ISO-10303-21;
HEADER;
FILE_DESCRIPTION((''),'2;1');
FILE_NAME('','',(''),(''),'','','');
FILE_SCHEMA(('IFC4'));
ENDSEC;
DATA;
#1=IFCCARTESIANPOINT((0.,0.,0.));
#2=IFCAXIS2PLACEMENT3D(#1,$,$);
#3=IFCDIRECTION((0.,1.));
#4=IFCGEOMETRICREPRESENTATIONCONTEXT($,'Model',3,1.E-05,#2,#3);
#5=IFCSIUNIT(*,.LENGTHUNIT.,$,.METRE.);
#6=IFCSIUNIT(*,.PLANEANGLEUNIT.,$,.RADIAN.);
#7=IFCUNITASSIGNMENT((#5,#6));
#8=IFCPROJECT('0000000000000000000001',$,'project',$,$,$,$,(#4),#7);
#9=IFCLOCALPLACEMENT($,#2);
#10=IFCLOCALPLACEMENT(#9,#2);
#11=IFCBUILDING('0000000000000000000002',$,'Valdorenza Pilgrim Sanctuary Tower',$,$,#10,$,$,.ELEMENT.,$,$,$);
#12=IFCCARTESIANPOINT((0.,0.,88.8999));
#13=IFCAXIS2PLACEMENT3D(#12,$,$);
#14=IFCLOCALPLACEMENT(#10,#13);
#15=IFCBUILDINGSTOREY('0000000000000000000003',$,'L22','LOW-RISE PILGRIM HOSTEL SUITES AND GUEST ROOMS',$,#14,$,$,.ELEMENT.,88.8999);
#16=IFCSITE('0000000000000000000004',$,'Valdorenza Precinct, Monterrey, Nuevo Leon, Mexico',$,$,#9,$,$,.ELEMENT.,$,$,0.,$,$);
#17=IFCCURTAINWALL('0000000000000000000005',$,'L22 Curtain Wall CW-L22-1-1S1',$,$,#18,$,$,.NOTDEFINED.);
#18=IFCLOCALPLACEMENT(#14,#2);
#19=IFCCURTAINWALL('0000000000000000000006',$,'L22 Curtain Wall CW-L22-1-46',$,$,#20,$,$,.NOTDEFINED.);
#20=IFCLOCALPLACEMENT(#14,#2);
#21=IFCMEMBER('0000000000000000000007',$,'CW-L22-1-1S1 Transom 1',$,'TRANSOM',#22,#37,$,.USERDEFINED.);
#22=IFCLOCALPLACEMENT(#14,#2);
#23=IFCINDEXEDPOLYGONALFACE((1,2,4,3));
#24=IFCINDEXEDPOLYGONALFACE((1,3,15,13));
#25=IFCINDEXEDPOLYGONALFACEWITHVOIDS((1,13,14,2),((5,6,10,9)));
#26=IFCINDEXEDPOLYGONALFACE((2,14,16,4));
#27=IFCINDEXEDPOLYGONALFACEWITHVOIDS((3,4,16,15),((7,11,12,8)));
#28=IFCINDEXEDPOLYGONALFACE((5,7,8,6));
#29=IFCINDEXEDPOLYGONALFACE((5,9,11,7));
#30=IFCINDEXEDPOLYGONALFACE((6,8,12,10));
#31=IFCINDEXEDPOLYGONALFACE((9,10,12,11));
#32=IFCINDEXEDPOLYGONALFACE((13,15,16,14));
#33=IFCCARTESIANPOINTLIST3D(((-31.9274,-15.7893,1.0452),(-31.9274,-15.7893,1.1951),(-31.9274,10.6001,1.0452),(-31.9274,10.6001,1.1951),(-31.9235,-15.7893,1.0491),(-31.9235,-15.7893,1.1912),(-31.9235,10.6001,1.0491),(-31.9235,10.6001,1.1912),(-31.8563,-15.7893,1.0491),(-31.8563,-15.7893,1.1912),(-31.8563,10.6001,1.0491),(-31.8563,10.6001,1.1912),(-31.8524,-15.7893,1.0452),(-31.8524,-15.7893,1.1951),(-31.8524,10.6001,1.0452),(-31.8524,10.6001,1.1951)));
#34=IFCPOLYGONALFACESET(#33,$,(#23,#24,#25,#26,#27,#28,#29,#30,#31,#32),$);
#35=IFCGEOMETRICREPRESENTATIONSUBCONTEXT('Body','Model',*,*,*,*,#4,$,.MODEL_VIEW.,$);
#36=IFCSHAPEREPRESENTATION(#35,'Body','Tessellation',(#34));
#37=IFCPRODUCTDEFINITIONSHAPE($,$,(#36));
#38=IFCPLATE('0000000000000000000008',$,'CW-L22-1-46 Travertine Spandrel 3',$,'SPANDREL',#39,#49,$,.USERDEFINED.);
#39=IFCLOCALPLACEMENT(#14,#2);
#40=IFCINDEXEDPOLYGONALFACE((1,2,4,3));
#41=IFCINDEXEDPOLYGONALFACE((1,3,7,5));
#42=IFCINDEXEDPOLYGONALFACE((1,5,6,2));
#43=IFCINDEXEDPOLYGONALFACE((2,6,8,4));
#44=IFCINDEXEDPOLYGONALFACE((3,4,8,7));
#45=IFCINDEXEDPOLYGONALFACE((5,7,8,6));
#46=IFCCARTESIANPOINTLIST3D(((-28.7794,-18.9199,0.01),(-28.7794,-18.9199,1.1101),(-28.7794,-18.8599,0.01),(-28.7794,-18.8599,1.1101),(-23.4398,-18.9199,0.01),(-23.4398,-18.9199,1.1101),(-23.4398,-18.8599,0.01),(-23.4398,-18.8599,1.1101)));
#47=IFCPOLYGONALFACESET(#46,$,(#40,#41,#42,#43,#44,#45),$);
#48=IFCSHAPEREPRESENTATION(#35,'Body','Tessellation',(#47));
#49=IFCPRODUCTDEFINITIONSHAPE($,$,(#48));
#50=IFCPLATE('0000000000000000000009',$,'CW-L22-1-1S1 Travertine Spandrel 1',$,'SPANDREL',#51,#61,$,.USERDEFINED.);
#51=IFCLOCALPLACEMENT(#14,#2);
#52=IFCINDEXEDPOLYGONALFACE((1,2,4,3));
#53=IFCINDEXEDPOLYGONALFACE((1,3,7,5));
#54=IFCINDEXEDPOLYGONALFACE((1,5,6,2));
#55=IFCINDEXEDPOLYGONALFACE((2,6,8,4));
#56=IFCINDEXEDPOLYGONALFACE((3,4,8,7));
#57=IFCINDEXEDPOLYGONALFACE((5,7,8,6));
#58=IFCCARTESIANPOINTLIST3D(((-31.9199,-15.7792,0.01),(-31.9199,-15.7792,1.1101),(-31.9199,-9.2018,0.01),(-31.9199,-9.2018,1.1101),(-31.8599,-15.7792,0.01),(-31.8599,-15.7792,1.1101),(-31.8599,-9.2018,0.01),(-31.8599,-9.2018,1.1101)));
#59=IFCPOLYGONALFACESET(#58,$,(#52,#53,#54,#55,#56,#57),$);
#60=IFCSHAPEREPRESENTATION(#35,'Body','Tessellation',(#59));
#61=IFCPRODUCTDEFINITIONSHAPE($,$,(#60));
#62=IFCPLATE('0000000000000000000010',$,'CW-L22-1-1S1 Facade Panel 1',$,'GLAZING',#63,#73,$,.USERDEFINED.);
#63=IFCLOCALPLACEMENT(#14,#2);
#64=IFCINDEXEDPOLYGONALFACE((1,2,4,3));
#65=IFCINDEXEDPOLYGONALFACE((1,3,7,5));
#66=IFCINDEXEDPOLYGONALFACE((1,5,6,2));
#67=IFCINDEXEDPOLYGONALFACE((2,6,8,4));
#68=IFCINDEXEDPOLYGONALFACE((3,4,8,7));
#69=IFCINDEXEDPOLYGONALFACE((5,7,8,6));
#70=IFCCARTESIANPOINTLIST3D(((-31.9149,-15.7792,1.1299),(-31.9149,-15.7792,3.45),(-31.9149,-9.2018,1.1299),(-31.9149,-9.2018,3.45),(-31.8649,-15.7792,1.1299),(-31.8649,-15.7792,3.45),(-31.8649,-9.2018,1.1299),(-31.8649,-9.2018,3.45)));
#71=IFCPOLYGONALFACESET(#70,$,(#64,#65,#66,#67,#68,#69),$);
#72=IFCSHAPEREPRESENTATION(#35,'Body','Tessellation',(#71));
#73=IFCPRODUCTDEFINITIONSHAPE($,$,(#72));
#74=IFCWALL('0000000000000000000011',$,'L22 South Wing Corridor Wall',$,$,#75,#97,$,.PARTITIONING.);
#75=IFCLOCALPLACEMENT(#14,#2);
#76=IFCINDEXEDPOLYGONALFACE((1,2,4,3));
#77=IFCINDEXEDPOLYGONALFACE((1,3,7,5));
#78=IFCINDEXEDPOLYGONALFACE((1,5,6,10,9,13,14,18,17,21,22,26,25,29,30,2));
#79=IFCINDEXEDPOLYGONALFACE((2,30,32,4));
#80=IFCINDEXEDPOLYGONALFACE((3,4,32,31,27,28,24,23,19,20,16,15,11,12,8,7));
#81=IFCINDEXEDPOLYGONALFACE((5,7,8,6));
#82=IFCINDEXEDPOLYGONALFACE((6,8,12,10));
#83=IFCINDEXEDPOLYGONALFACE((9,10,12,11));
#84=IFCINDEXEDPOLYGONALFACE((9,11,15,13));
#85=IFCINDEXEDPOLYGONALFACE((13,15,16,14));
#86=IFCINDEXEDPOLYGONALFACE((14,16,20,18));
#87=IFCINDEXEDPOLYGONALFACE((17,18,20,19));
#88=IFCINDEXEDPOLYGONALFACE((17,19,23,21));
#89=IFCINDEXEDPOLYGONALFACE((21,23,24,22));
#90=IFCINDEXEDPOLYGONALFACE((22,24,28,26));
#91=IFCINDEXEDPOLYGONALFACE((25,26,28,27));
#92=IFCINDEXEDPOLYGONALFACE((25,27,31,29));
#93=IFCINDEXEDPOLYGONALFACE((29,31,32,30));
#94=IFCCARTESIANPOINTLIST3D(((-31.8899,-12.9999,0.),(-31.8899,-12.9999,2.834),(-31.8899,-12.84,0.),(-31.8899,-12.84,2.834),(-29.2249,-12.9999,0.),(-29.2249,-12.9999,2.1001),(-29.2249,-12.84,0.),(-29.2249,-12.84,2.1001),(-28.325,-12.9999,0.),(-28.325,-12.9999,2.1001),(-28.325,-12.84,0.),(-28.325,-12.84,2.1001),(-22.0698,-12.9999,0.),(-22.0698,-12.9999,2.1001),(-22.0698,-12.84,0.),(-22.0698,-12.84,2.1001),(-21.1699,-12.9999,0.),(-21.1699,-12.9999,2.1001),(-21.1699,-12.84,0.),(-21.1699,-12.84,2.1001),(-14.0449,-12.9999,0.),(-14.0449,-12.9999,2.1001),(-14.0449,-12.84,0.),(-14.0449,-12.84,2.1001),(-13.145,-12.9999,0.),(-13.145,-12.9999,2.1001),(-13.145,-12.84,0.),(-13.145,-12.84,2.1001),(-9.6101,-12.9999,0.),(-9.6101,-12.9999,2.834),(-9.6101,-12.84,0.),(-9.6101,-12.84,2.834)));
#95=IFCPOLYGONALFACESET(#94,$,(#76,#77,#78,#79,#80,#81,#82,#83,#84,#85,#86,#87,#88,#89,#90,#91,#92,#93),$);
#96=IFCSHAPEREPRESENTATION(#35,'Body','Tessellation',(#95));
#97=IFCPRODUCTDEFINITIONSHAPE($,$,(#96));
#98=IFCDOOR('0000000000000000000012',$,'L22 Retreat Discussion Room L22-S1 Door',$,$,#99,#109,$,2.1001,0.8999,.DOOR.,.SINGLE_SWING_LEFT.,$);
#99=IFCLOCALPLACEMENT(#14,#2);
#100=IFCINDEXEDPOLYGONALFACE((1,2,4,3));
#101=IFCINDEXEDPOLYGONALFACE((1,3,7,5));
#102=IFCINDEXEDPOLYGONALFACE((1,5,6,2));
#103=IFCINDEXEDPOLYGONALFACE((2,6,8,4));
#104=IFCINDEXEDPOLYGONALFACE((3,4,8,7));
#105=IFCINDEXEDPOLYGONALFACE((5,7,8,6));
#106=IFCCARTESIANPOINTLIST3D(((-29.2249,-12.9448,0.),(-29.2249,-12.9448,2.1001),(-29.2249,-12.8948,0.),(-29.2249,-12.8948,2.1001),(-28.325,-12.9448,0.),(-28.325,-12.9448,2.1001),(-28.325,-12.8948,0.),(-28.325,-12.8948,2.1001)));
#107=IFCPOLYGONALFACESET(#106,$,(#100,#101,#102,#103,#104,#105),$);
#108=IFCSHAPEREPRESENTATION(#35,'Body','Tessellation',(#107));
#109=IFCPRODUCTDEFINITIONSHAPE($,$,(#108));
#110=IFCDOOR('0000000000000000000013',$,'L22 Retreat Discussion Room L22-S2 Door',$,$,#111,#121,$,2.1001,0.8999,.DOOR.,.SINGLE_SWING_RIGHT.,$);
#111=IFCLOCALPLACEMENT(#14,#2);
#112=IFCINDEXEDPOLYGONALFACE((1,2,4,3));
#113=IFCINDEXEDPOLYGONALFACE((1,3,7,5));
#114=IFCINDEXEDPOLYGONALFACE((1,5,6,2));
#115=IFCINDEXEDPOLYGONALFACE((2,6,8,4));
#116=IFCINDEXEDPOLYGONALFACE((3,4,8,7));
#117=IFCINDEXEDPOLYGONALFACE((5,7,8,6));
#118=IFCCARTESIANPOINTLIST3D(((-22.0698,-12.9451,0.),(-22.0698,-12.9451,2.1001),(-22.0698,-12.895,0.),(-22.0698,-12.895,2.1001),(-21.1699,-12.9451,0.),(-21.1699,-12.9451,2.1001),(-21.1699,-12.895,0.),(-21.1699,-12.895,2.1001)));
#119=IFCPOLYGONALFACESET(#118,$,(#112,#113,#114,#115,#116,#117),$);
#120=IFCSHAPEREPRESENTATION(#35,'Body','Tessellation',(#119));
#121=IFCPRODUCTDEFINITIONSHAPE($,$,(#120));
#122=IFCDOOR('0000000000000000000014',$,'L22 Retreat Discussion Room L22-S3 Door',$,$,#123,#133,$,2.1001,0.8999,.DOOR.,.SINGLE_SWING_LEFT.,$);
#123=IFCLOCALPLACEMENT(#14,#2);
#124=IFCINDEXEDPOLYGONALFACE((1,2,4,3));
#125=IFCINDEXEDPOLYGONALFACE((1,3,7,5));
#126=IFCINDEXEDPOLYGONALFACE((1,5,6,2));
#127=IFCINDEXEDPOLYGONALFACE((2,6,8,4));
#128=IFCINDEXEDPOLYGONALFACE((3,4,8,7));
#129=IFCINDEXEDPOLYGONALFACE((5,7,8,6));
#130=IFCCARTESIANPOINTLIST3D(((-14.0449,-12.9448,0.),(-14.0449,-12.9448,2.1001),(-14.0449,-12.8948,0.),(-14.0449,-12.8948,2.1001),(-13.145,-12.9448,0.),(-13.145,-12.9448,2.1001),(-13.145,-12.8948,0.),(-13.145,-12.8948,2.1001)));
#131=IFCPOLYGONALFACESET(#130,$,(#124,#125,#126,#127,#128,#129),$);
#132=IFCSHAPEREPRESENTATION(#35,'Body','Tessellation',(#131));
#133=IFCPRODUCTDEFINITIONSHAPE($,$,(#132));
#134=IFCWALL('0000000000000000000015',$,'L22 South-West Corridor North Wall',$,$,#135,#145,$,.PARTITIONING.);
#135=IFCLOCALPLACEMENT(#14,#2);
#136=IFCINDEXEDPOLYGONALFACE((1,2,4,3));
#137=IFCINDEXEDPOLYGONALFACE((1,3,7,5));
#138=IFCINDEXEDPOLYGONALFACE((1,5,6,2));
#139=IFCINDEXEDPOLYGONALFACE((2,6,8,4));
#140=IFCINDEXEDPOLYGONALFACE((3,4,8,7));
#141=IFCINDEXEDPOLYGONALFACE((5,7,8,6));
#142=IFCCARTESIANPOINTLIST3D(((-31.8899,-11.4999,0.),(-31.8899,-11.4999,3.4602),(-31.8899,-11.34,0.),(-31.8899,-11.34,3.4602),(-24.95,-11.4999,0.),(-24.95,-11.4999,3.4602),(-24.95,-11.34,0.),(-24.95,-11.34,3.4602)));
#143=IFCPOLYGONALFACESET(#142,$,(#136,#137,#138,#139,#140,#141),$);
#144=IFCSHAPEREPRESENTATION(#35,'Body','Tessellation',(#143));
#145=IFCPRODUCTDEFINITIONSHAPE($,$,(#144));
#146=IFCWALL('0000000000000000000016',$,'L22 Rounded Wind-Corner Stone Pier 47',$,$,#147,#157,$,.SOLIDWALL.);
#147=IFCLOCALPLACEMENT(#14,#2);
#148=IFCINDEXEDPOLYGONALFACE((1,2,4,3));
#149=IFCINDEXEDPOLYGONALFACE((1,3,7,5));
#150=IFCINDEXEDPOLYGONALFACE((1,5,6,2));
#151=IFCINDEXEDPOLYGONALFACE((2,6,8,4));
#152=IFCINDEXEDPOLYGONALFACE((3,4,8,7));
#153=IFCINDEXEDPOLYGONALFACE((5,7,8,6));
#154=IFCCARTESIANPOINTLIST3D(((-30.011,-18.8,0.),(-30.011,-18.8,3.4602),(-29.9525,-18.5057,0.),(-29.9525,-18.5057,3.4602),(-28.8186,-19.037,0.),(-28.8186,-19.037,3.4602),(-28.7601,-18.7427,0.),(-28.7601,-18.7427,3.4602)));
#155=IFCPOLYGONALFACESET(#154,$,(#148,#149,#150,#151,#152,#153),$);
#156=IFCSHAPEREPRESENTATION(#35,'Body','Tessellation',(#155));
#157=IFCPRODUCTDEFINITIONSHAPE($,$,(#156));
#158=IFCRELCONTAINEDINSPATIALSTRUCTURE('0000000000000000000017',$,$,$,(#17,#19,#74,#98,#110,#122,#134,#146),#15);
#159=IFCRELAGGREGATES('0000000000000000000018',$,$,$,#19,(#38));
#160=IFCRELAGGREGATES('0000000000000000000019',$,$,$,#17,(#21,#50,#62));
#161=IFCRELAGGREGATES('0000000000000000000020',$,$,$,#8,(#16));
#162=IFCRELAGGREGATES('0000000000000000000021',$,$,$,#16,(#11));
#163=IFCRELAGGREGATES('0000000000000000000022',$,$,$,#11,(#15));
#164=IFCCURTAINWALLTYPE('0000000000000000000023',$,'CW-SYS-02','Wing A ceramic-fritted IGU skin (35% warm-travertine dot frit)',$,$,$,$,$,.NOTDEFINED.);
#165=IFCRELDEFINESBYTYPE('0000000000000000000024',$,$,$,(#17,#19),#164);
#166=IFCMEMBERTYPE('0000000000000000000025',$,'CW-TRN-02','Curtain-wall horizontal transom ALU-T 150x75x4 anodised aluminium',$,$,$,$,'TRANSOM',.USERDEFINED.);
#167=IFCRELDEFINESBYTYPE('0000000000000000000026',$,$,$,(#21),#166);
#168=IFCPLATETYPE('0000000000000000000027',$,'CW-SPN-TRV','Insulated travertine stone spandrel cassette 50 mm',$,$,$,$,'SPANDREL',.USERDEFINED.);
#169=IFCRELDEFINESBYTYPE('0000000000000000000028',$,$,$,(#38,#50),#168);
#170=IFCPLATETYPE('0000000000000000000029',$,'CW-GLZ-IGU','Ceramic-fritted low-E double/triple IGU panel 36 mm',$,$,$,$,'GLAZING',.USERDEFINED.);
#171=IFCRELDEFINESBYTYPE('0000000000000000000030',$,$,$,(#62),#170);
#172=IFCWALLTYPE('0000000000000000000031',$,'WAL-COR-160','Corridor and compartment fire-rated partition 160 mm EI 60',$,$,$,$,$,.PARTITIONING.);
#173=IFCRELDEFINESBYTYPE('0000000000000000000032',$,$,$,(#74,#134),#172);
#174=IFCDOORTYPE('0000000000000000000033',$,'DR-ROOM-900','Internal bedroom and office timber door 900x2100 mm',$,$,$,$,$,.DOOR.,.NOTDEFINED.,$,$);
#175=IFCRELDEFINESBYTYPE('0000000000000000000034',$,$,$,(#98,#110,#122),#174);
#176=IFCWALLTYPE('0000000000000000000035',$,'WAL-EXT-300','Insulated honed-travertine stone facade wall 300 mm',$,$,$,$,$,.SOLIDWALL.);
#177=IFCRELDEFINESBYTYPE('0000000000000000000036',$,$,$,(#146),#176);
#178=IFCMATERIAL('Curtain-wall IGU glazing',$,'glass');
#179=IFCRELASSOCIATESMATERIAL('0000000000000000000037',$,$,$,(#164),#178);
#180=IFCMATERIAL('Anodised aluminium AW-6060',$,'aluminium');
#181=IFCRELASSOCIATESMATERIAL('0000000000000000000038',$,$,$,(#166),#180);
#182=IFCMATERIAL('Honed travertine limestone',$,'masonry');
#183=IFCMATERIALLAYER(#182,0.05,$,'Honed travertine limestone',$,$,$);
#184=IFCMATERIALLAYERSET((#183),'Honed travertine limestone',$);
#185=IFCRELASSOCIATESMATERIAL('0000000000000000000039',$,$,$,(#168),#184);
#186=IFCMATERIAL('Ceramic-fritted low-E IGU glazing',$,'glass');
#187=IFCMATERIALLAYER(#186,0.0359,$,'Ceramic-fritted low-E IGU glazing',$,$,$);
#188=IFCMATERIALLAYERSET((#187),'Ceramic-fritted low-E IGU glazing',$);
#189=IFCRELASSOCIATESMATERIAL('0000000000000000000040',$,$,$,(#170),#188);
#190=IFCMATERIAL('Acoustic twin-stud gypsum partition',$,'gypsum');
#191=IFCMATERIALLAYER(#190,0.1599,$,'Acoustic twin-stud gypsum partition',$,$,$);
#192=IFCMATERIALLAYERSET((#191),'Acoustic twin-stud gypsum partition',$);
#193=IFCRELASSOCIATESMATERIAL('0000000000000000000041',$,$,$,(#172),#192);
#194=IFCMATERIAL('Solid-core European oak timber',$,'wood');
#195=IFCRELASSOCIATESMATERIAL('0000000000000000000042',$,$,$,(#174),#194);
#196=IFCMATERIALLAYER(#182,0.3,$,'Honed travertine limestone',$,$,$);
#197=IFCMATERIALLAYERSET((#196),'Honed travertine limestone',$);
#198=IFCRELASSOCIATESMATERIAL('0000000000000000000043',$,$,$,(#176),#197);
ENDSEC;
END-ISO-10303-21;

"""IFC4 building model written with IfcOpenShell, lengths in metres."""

from ifc_helpers import new_model, si_unit, direction, frame, frame_2d, origin, origin_2d, place, context, subcontext, project, spatial, rectangle, hollow_rectangle, extrude, source, transform, mapped, material, layer, layer_set, material_profile, profile_set, type_object, element, fill, aggregate, save


model = new_model("IFC4")

# Units and contexts
model_context = context("Model", 3, precision=1e-05, world=origin(), true_north=direction((0.0, 1.0)))
body_context = subcontext(model_context, "Body", "Model", "MODEL_VIEW")
ifc_project = project(units=[si_unit("LENGTHUNIT", "METRE"), si_unit("PLANEANGLEUNIT", "RADIAN")], contexts=[model_context])

# Site, building, storey
site_placement = place(None, origin())
site = spatial("IfcSite", under=ifc_project, at=site_placement, Name="Valdorenza Precinct, Monterrey, Nuevo Leon, Mexico", CompositionType="ELEMENT", RefElevation=0.0)
building_placement = place(site_placement, origin())
building = spatial("IfcBuilding", under=site, at=building_placement, Name="Valdorenza Pilgrim Sanctuary Tower", CompositionType="ELEMENT")
storey_placement = place(building_placement, frame((0.0, 0.0, 88.8999)))
storey = spatial("IfcBuildingStorey", under=building, at=storey_placement, Name="L22", Description="LOW-RISE PILGRIM HOSTEL SUITES AND GUEST ROOMS", CompositionType="ELEMENT", Elevation=88.8999)

# Curtain walls
ifc_material_1 = material(Name="Curtain-wall IGU glazing", Category="glass")
curtain_wall_type = type_object("IfcCurtainWallType", Name="CW-SYS-02", Description="Wing A ceramic-fritted IGU skin (35% warm-travertine dot frit)", PredefinedType="NOTDEFINED", material=ifc_material_1)
curtain_wall_1_placement = place(storey_placement, origin())
curtain_wall_1 = element("IfcCurtainWall", 1, at=curtain_wall_1_placement, inside=storey, type_object=curtain_wall_type, Name="L22 Curtain Wall CW-L22-1-1S1", PredefinedType="NOTDEFINED")
ifc_material_2 = material(Name="Anodised aluminium AW-6060", Category="aluminium")
curtain_wall_2_placement = place(storey_placement, origin())
curtain_wall_2 = element("IfcCurtainWall", 2, at=curtain_wall_2_placement, inside=storey, type_object=curtain_wall_type, Name="L22 Curtain Wall CW-L22-1-46", PredefinedType="NOTDEFINED")

# Member
ifc_material_profile_1 = material_profile(ifc_material_2, hollow_rectangle(XDim=0.075, YDim=0.1499, WallThickness=0.0039, at=origin_2d()), Name="ALU-T 150x75x4")
ifc_profile_set_1 = profile_set([ifc_material_profile_1], Name="Anodised aluminium AW-6060")
member_type_1 = type_object("IfcMemberType", Name="CW-TRN-02", Description="Curtain-wall horizontal transom ALU-T 150x75x4 anodised aluminium", ElementType="TRANSOM", PredefinedType="USERDEFINED", material=ifc_profile_set_1)
shared_shape_1 = source(origin(), body_context, "Body", "SweptSolid", [
    extrude(hollow_rectangle(XDim=0.075, YDim=0.1499, WallThickness=0.0039, at=origin_2d()), origin(), (0.0, 0.0, 1.0), 26.3894),
])
member_1_placement = place(storey_placement, frame((-31.8899, -15.7893, 1.1201), z_axis=(0.0, 1.0, 0.0), x_axis=(-1.0, 0.0, 0.0)))
member_1 = element("IfcMember", 3, at=member_1_placement, type_object=member_type_1, Name="CW-L22-1-1S1 Transom 1", ObjectType="TRANSOM", PredefinedType="USERDEFINED", context=body_context, shape_type="MappedRepresentation", body=[
    mapped(shared_shape_1, transform((0.0, 0.0, 0.0), x_axis=(1.0, 0.0, 0.0), y_axis=(0.0, 1.0, 0.0), z_axis=(0.0, 0.0, 1.0), scale=1.0)),
])

# Plates
ifc_material_3 = material(Name="Honed travertine limestone", Category="masonry")
ifc_layer_1 = layer(ifc_material_3, 0.05, Name="Honed travertine limestone")
ifc_layer_set_1 = layer_set([ifc_layer_1], Name="Honed travertine limestone")
plate_type_1 = type_object("IfcPlateType", Name="CW-SPN-TRV", Description="Insulated travertine stone spandrel cassette 50 mm", ElementType="SPANDREL", PredefinedType="USERDEFINED", material=ifc_layer_set_1)
shared_shape_2 = source(origin(), body_context, "Body", "SweptSolid", [
    extrude(rectangle(XDim=5.3396, YDim=0.0601, at=origin_2d()), origin(), (0.0, 0.0, 1.0), 1.1001),
])
plate_1_placement = place(storey_placement, frame((-26.1096, -18.8899, 0.01), z_axis=(0.0, 0.0, 1.0), x_axis=(-1.0, 0.0, 0.0)))
plate_1 = element("IfcPlate", 4, at=plate_1_placement, type_object=plate_type_1, Name="CW-L22-1-46 Travertine Spandrel 3", ObjectType="SPANDREL", PredefinedType="USERDEFINED", context=body_context, shape_type="MappedRepresentation", body=[
    mapped(shared_shape_2, transform((0.0, 0.0, 0.0), x_axis=(1.0, 0.0, 0.0), y_axis=(0.0, 1.0, 0.0), z_axis=(0.0, 0.0, 1.0), scale=1.0)),
])
aggregate(curtain_wall_2, [plate_1])
shared_shape_3 = source(origin(), body_context, "Body", "SweptSolid", [
    extrude(rectangle(XDim=6.5774, YDim=0.0601, at=origin_2d()), origin(), (0.0, 0.0, 1.0), 1.1001),
])
plate_2_placement = place(storey_placement, frame((-31.8899, -12.4905, 0.01), z_axis=(0.0, 0.0, 1.0), x_axis=(0.0, 1.0, 0.0)))
plate_2 = element("IfcPlate", 5, at=plate_2_placement, type_object=plate_type_1, Name="CW-L22-1-1S1 Travertine Spandrel 1", ObjectType="SPANDREL", PredefinedType="USERDEFINED", context=body_context, shape_type="MappedRepresentation", body=[
    mapped(shared_shape_3, transform((0.0, 0.0, 0.0), x_axis=(1.0, 0.0, 0.0), y_axis=(0.0, 1.0, 0.0), z_axis=(0.0, 0.0, 1.0), scale=1.0)),
])
ifc_material_4 = material(Name="Ceramic-fritted low-E IGU glazing", Category="glass")
ifc_layer_2 = layer(ifc_material_4, 0.0359, Name="Ceramic-fritted low-E IGU glazing")
ifc_layer_set_2 = layer_set([ifc_layer_2], Name="Ceramic-fritted low-E IGU glazing")
plate_type_2 = type_object("IfcPlateType", Name="CW-GLZ-IGU", Description="Ceramic-fritted low-E double/triple IGU panel 36 mm", ElementType="GLAZING", PredefinedType="USERDEFINED", material=ifc_layer_set_2)
shared_shape_4 = source(origin(), body_context, "Body", "SweptSolid", [
    extrude(rectangle(XDim=6.5774, YDim=0.05, at=origin_2d()), origin(), (0.0, 0.0, 1.0), 2.3201),
])
plate_3_placement = place(storey_placement, frame((-31.8899, -12.4905, 1.1299), z_axis=(0.0, 0.0, 1.0), x_axis=(0.0, 1.0, 0.0)))
plate_3 = element("IfcPlate", 6, at=plate_3_placement, type_object=plate_type_2, Name="CW-L22-1-1S1 Facade Panel 1", ObjectType="GLAZING", PredefinedType="USERDEFINED", context=body_context, shape_type="MappedRepresentation", body=[
    mapped(shared_shape_4, transform((0.0, 0.0, 0.0), x_axis=(1.0, 0.0, 0.0), y_axis=(0.0, 1.0, 0.0), z_axis=(0.0, 0.0, 1.0), scale=1.0)),
])
aggregate(curtain_wall_1, [member_1, plate_2, plate_3])

# Wall, openings, doors
ifc_material_5 = material(Name="Acoustic twin-stud gypsum partition", Category="gypsum")
ifc_layer_3 = layer(ifc_material_5, 0.1599, Name="Acoustic twin-stud gypsum partition")
ifc_layer_set_3 = layer_set([ifc_layer_3], Name="Acoustic twin-stud gypsum partition")
wall_type_1 = type_object("IfcWallType", Name="WAL-COR-160", Description="Corridor and compartment fire-rated partition 160 mm EI 60", PredefinedType="PARTITIONING", material=ifc_layer_set_3)
wall_1_placement = place(storey_placement, frame((-31.8899, -12.9199, 0.0), z_axis=(0.0, 0.0, 1.0), x_axis=(1.0, 0.0, 0.0)))
wall_1 = element("IfcWall", 7, at=wall_1_placement, inside=storey, type_object=wall_type_1, Name="L22 South Wing Corridor Wall", PredefinedType="PARTITIONING", context=body_context, shape_type="SweptSolid", body=[
    extrude(rectangle(XDim=22.2798, YDim=0.1599, at=frame_2d((11.1399, 0.0))), origin(), (0.0, 0.0, 1.0), 2.834),
])
opening_1_placement = place(wall_1_placement, frame((2.665, 0.0, 0.0)))
opening_1 = element("IfcOpeningElement", 8, at=opening_1_placement, cuts=wall_1, PredefinedType="OPENING", context=body_context, shape_type="SweptSolid", body=[
    extrude(rectangle(XDim=0.8999, YDim=2.1001, at=frame_2d((0.45, 1.05))), frame((0.0, 0.0947, 0.0), z_axis=(0.0, -1.0, 0.0), x_axis=(1.0, 0.0, 0.0)), (0.0, 0.0, 1.0), 0.1897),
])
opening_2_placement = place(wall_1_placement, frame((9.8201, 0.0, 0.0)))
opening_2 = element("IfcOpeningElement", 9, at=opening_2_placement, cuts=wall_1, PredefinedType="OPENING", context=body_context, shape_type="SweptSolid", body=[
    extrude(rectangle(XDim=0.8999, YDim=2.1001, at=frame_2d((0.45, 1.05))), frame((0.0, 0.0947, 0.0), z_axis=(0.0, -1.0, 0.0), x_axis=(1.0, 0.0, 0.0)), (0.0, 0.0, 1.0), 0.1897),
])
opening_3_placement = place(wall_1_placement, frame((17.845, 0.0, 0.0)))
opening_3 = element("IfcOpeningElement", 10, at=opening_3_placement, cuts=wall_1, PredefinedType="OPENING", context=body_context, shape_type="SweptSolid", body=[
    extrude(rectangle(XDim=0.8999, YDim=2.1001, at=frame_2d((0.45, 1.05))), frame((0.0, 0.0947, 0.0), z_axis=(0.0, -1.0, 0.0), x_axis=(1.0, 0.0, 0.0)), (0.0, 0.0, 1.0), 0.1897),
])
ifc_material_6 = material(Name="Solid-core European oak timber", Category="wood")
door_type = type_object("IfcDoorType", Name="DR-ROOM-900", Description="Internal bedroom and office timber door 900x2100 mm", OperationType="NOTDEFINED", PredefinedType="DOOR", material=ifc_material_6)
door_1_placement = place(opening_1_placement, frame((0.8999, 0.0, 0.0), z_axis=(0.0, 0.0, 1.0), x_axis=(-1.0, 0.0, 0.0)))
door_1 = element("IfcDoor", 11, at=door_1_placement, inside=storey, type_object=door_type, Name="L22 Retreat Discussion Room L22-S1 Door", OperationType="SINGLE_SWING_LEFT", OverallHeight=2.1001, OverallWidth=0.8999, PredefinedType="DOOR", context=body_context, shape_type="SweptSolid", body=[
    extrude(rectangle(XDim=0.8999, YDim=2.1001, at=frame_2d((0.45, 1.05))), frame((0.0, 0.0249, 0.0), z_axis=(0.0, -1.0, 0.0), x_axis=(1.0, 0.0, 0.0)), (0.0, 0.0, 1.0), 0.05),
])
fill(opening_1, door_1)
door_2_placement = place(opening_2_placement, origin())
door_2 = element("IfcDoor", 12, at=door_2_placement, inside=storey, type_object=door_type, Name="L22 Retreat Discussion Room L22-S2 Door", OperationType="SINGLE_SWING_RIGHT", OverallHeight=2.1001, OverallWidth=0.8999, PredefinedType="DOOR", context=body_context, shape_type="SweptSolid", body=[
    extrude(rectangle(XDim=0.8999, YDim=2.1001, at=frame_2d((0.45, 1.05))), frame((0.0, 0.0249, 0.0), z_axis=(0.0, -1.0, 0.0), x_axis=(1.0, 0.0, 0.0)), (0.0, 0.0, 1.0), 0.05),
])
fill(opening_2, door_2)
door_3_placement = place(opening_3_placement, frame((0.8999, 0.0, 0.0), z_axis=(0.0, 0.0, 1.0), x_axis=(-1.0, 0.0, 0.0)))
door_3 = element("IfcDoor", 13, at=door_3_placement, inside=storey, type_object=door_type, Name="L22 Retreat Discussion Room L22-S3 Door", OperationType="SINGLE_SWING_LEFT", OverallHeight=2.1001, OverallWidth=0.8999, PredefinedType="DOOR", context=body_context, shape_type="SweptSolid", body=[
    extrude(rectangle(XDim=0.8999, YDim=2.1001, at=frame_2d((0.45, 1.05))), frame((0.0, 0.0249, 0.0), z_axis=(0.0, -1.0, 0.0), x_axis=(1.0, 0.0, 0.0)), (0.0, 0.0, 1.0), 0.05),
])
fill(opening_3, door_3)

# Walls
wall_2_placement = place(storey_placement, frame((-31.8899, -11.4199, 0.0), z_axis=(0.0, 0.0, 1.0), x_axis=(1.0, 0.0, 0.0)))
element("IfcWall", 14, at=wall_2_placement, inside=storey, type_object=wall_type_1, Name="L22 South-West Corridor North Wall", PredefinedType="PARTITIONING", context=body_context, shape_type="SweptSolid", body=[
    extrude(rectangle(XDim=6.9399, YDim=0.1599, at=frame_2d((3.47, 0.0))), origin(), (0.0, 0.0, 1.0), 3.4602),
])
ifc_layer_4 = layer(ifc_material_3, 0.3, Name="Honed travertine limestone")
ifc_layer_set_4 = layer_set([ifc_layer_4], Name="Honed travertine limestone")
wall_type_2 = type_object("IfcWallType", Name="WAL-EXT-300", Description="Insulated honed-travertine stone facade wall 300 mm", PredefinedType="SOLIDWALL", material=ifc_layer_set_4)
wall_3_placement = place(storey_placement, frame((-28.7893, -18.8899, 0.0), z_axis=(0.0, 0.0, 1.0), x_axis=(-0.980804, 0.194996, 0.0)))
element("IfcWall", 15, at=wall_3_placement, inside=storey, type_object=wall_type_2, Name="L22 Rounded Wind-Corner Stone Pier 47", PredefinedType="SOLIDWALL", context=body_context, shape_type="SweptSolid", body=[
    extrude(rectangle(XDim=1.2158, YDim=0.3, at=frame_2d((0.6079, 0.0))), origin(), (0.0, 0.0, 1.0), 3.4602),
])

save(model, "model.ifc")
